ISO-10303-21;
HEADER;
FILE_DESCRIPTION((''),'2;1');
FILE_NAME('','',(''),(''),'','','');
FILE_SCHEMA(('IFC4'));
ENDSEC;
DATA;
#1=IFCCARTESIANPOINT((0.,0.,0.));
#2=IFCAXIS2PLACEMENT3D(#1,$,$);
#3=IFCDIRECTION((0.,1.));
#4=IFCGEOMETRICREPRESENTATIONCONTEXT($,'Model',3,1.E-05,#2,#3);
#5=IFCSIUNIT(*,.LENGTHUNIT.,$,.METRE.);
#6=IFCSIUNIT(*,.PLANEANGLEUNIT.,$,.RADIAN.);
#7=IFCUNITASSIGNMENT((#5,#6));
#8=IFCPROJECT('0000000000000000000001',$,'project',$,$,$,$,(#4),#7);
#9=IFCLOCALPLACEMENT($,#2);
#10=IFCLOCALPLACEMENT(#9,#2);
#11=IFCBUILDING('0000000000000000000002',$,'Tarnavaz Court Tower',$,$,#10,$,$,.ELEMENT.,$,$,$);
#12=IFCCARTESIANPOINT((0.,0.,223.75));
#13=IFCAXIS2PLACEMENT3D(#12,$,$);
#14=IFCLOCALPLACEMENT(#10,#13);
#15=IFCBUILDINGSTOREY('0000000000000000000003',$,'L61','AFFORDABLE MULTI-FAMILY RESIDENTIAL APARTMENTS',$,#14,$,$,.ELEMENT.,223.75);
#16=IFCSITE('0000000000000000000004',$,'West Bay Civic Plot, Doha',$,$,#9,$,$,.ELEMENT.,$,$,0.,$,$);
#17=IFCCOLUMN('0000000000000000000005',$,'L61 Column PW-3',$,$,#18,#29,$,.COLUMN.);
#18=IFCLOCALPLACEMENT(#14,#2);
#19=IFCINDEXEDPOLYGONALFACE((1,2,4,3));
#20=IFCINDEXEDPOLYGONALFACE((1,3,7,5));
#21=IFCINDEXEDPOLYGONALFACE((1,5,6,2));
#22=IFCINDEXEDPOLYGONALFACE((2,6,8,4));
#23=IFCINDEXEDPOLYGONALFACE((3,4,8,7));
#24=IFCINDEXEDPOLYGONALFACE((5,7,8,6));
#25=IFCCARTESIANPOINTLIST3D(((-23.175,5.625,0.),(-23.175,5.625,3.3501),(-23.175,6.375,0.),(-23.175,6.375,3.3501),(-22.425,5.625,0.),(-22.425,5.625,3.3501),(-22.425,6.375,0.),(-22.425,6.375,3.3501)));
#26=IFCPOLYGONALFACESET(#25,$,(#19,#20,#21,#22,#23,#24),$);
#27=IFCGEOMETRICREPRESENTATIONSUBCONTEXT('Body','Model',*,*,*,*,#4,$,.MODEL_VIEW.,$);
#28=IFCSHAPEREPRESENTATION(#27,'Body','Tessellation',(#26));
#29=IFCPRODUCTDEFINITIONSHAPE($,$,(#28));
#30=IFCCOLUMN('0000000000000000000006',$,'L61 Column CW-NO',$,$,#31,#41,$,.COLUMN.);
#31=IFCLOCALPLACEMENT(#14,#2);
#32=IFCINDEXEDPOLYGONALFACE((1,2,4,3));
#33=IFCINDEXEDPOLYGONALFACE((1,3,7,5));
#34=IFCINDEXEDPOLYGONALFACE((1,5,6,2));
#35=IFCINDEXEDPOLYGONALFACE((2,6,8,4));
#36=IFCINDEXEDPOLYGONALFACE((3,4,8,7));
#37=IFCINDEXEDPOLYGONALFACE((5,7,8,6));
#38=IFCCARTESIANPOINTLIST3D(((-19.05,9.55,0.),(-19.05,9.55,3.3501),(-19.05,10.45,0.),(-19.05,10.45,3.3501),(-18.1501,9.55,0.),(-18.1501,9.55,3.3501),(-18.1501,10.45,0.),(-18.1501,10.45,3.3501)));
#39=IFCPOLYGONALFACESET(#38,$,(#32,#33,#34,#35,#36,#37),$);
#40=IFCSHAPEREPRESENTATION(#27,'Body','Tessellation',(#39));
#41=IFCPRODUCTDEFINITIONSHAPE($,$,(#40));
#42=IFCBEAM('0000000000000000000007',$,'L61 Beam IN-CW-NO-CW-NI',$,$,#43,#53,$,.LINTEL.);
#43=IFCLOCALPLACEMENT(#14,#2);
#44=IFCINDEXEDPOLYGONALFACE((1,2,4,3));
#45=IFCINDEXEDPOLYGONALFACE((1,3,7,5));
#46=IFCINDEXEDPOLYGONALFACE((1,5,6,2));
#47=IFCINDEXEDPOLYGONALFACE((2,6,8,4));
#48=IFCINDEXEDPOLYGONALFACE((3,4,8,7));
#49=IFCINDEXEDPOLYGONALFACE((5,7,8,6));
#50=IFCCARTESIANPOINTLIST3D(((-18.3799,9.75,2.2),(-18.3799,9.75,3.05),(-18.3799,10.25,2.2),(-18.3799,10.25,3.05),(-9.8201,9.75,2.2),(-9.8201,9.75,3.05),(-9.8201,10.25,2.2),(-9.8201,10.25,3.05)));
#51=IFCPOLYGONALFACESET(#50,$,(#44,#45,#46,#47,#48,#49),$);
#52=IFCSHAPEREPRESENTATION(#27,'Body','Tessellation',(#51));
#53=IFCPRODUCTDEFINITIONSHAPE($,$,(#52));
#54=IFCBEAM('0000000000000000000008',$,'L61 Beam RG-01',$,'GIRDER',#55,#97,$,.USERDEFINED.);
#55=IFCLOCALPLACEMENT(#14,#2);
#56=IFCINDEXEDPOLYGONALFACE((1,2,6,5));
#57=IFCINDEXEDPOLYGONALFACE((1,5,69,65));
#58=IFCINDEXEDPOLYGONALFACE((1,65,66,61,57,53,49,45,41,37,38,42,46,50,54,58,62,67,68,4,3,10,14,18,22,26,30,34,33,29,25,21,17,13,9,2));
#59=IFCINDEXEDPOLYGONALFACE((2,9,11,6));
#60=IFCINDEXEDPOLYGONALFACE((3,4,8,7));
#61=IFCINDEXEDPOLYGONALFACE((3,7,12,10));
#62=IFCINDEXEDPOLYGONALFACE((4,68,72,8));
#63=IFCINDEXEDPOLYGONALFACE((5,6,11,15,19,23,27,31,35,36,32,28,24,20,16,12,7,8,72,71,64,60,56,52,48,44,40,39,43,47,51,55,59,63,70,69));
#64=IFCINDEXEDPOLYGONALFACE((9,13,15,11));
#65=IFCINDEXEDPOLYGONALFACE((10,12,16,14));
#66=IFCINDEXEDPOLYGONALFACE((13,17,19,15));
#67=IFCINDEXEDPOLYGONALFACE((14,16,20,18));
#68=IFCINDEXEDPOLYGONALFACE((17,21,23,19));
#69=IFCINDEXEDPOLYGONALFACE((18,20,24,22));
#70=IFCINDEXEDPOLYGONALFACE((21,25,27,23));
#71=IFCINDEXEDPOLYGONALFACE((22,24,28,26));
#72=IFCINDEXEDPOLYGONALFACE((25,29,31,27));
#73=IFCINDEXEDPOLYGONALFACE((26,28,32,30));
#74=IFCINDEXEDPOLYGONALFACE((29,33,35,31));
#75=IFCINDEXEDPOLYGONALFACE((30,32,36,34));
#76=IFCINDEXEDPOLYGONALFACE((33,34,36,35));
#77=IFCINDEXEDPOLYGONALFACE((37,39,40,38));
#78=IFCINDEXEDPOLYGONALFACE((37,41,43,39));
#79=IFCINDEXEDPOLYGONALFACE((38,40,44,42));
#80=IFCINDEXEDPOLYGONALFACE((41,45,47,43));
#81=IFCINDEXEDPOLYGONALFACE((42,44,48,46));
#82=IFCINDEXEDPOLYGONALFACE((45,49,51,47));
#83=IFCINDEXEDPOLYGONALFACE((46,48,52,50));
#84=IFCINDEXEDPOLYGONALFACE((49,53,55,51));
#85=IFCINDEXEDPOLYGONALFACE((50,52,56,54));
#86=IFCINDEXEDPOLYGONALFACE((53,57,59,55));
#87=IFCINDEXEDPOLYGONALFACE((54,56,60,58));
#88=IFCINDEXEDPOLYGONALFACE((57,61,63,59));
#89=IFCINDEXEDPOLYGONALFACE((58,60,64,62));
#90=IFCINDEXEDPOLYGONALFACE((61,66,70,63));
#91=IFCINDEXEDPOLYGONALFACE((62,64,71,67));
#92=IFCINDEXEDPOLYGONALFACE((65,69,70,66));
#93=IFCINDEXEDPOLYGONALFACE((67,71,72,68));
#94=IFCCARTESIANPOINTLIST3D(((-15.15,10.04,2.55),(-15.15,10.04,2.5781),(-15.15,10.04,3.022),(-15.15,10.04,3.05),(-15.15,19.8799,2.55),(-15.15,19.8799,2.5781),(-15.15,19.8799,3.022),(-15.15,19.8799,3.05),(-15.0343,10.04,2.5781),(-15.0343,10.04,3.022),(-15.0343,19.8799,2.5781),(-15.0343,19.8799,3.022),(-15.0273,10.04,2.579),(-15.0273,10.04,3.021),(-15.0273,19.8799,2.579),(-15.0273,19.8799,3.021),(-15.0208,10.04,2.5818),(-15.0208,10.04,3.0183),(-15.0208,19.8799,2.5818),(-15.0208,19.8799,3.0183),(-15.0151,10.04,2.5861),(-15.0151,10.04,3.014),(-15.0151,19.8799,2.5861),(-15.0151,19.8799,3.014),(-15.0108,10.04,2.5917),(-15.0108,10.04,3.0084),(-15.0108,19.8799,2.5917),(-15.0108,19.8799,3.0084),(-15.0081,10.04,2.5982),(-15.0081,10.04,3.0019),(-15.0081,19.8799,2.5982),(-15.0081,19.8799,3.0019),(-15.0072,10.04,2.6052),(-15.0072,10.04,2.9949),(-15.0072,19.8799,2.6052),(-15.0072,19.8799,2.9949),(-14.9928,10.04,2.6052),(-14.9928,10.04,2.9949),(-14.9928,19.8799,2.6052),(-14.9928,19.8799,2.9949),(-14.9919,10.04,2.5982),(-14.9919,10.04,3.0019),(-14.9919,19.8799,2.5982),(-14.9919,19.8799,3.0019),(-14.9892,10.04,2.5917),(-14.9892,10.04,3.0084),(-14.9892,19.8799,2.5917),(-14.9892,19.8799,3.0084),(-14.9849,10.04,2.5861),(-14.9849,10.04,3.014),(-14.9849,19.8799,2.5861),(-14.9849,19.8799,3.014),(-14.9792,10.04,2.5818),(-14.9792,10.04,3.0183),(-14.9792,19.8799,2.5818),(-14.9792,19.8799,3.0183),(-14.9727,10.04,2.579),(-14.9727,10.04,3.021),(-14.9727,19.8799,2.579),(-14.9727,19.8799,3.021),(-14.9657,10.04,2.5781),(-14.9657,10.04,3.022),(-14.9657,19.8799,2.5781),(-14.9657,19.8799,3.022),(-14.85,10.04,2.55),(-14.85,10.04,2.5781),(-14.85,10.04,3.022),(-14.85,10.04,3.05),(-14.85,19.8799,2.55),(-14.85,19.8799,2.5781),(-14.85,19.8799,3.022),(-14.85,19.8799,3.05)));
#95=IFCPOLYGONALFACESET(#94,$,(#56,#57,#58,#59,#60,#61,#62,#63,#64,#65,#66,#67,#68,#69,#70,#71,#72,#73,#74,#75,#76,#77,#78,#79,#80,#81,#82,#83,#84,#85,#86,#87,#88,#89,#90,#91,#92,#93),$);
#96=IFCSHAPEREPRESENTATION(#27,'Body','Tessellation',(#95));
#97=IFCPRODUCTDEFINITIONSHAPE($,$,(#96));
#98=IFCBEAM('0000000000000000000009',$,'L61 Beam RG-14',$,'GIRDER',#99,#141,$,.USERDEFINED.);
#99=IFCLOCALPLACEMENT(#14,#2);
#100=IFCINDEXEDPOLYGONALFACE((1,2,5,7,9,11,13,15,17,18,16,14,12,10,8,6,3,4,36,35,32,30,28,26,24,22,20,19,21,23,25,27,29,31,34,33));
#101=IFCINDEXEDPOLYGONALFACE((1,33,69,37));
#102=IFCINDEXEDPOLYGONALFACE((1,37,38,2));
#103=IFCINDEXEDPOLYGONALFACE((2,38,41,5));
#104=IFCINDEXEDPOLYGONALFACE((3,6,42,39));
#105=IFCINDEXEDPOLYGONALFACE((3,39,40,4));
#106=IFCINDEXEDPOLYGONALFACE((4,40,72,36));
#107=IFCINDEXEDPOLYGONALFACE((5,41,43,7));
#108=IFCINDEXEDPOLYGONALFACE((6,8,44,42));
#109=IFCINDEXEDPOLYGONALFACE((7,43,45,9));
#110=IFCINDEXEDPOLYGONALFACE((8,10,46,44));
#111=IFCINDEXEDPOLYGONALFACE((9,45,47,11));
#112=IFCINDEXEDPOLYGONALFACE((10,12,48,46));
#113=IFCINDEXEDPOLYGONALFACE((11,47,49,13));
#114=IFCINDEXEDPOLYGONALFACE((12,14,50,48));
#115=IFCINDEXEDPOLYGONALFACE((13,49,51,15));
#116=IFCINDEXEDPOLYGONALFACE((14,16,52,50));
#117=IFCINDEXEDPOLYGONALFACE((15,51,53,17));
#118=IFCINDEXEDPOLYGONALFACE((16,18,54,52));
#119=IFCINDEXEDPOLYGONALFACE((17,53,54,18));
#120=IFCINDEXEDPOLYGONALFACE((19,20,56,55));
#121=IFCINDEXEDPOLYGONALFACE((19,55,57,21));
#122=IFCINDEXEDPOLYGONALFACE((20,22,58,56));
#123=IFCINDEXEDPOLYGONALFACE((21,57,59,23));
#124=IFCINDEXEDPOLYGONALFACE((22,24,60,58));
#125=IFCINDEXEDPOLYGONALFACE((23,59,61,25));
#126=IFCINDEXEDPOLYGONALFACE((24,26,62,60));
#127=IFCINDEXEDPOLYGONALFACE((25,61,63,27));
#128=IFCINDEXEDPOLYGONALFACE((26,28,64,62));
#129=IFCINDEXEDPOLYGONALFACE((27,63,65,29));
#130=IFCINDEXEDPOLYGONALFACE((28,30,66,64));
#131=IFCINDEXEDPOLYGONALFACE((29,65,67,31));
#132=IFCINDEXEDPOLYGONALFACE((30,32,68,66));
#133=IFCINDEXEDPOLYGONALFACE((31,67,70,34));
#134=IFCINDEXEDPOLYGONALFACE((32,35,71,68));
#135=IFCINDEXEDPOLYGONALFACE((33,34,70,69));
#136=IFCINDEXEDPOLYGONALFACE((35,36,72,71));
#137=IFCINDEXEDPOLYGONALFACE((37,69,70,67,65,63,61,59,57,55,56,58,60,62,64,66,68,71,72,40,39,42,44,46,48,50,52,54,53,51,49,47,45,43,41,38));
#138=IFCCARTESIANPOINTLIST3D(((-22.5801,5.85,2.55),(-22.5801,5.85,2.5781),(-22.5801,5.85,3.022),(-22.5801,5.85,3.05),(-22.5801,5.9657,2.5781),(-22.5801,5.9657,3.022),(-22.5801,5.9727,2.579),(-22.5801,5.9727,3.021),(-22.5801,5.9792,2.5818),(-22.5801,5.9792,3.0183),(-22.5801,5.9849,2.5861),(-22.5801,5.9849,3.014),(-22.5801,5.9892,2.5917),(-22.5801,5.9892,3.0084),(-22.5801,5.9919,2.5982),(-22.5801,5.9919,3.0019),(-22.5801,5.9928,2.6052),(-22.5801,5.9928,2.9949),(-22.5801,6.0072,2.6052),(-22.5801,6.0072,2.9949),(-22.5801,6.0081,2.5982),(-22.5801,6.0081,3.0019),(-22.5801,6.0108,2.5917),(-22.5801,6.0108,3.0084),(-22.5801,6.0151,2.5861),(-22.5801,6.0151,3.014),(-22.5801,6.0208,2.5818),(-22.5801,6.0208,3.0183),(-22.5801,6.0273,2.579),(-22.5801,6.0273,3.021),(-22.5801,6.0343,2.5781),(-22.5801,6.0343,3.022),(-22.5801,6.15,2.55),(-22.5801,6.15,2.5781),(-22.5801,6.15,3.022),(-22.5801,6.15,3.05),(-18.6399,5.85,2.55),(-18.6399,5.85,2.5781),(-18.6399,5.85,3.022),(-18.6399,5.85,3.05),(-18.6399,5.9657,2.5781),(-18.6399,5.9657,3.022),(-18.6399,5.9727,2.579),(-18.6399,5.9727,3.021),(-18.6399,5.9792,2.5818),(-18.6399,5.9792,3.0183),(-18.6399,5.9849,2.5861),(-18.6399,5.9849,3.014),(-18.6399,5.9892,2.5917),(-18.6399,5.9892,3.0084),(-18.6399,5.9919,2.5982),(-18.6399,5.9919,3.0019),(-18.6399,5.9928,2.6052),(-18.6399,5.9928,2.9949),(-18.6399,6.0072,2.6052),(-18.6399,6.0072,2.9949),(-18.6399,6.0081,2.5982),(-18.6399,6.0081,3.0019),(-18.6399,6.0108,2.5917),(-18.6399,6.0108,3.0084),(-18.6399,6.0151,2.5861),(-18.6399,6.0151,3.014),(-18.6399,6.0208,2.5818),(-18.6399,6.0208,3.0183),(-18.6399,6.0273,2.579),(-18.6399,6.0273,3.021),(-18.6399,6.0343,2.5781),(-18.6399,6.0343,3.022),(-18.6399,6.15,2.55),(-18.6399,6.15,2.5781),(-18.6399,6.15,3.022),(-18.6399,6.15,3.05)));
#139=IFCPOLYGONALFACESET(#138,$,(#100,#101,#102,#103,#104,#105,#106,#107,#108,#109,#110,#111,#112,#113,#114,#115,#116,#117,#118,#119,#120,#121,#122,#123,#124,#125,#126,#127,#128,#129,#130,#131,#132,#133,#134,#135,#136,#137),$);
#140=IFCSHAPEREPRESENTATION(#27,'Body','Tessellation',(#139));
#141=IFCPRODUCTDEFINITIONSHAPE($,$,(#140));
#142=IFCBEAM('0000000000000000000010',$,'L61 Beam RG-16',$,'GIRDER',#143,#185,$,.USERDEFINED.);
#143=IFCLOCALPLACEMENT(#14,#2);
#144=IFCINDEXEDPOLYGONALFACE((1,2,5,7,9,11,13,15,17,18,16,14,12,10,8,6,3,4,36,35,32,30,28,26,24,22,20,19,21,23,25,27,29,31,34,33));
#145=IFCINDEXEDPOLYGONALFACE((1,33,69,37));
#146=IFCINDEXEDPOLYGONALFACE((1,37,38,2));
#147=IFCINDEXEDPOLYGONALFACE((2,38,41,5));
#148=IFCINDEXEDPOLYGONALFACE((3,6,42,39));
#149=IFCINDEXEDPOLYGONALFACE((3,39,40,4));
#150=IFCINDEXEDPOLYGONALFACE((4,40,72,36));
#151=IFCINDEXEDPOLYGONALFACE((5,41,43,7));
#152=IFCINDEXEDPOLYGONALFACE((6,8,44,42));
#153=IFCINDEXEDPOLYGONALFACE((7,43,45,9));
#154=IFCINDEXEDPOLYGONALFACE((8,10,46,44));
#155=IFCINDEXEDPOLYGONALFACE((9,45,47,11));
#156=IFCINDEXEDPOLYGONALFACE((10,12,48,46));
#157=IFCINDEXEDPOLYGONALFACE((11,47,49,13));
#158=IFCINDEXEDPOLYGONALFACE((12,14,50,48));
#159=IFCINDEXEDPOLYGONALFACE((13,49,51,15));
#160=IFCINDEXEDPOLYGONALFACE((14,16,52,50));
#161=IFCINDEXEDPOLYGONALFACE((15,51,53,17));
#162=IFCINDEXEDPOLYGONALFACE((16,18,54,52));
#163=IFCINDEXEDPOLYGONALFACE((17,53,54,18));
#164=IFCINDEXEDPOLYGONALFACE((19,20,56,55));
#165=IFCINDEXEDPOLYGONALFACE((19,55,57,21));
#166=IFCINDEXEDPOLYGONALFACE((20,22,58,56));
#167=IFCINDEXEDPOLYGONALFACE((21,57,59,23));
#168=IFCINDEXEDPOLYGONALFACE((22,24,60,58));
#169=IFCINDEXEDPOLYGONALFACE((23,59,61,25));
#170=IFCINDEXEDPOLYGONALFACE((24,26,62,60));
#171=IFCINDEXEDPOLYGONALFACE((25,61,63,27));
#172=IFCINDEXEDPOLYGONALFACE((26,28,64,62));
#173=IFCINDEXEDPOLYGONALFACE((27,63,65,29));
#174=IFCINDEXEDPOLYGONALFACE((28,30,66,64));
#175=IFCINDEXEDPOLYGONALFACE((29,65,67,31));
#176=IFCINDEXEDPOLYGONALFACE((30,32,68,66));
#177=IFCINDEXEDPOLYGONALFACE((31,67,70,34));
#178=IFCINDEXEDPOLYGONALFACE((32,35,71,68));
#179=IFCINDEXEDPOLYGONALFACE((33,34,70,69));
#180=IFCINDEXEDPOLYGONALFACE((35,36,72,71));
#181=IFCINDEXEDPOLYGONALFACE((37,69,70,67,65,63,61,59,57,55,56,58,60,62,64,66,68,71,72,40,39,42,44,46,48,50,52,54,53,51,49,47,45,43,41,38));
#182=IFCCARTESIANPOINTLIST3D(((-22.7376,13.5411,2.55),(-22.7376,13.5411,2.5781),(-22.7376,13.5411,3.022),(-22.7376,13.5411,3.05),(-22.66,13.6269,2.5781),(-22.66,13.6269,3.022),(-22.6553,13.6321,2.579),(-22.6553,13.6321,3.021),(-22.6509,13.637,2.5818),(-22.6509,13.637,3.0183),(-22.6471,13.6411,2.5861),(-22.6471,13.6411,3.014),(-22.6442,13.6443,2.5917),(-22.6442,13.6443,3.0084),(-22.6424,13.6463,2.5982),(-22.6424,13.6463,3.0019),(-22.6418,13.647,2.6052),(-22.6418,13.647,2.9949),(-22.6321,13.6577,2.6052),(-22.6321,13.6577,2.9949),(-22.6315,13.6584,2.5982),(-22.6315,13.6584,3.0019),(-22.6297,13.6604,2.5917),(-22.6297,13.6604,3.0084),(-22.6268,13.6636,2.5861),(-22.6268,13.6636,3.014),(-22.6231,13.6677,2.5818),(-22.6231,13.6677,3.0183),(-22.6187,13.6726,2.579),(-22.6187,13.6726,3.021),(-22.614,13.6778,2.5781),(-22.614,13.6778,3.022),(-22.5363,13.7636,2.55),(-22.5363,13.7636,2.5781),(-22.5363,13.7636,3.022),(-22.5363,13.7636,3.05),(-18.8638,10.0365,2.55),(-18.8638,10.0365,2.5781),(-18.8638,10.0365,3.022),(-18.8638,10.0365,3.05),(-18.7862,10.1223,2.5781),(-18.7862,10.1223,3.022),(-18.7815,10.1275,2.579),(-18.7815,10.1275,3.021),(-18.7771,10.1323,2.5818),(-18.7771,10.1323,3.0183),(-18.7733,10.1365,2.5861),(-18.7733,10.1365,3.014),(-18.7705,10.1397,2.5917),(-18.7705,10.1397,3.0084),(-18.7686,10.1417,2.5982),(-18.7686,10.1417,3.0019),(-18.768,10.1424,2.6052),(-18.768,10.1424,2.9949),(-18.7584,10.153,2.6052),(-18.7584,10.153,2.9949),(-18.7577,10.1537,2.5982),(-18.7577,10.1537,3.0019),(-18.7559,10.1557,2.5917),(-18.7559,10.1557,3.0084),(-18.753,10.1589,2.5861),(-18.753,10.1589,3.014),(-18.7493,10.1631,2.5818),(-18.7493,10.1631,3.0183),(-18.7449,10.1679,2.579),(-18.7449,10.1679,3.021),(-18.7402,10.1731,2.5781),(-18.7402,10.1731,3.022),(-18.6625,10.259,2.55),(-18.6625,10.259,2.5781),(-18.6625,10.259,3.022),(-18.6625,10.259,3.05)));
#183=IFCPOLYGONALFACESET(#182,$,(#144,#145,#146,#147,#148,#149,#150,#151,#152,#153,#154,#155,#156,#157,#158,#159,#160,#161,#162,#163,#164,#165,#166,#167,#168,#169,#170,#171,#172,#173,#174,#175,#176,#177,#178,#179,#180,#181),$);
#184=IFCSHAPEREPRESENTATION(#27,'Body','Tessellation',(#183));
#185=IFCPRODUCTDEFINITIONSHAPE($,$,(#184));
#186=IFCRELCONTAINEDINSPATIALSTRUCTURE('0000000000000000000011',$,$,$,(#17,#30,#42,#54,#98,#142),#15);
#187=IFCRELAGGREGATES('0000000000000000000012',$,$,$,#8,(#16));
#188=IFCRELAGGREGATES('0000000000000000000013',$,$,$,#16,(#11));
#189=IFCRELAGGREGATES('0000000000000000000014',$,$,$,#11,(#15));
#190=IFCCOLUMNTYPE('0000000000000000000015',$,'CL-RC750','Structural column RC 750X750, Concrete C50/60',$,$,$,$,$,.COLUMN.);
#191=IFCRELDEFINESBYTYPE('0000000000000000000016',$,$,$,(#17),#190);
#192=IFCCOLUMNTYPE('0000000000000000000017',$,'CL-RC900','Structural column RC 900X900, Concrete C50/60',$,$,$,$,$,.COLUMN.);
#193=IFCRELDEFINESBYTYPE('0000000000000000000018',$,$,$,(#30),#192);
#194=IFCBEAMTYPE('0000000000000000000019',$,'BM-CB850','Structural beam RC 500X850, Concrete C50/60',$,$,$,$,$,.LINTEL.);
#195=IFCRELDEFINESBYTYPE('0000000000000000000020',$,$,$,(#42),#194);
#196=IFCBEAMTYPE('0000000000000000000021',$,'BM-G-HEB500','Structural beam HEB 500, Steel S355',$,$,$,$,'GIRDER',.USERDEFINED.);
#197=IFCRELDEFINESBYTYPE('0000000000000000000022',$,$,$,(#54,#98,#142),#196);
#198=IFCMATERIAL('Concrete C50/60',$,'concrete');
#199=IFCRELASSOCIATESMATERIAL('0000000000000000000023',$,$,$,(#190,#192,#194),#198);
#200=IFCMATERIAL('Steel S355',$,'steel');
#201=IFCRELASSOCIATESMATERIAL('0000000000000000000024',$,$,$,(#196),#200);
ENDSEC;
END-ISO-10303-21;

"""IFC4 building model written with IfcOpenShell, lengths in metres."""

from ifc_helpers import new_model, si_unit, direction, frame, origin, origin_2d, place, context, subcontext, project, spatial, rectangle, i_section, extrude, material, material_profile, profile_set, type_object, element, save


model = new_model("IFC4")

# Units and contexts
model_context = context("Model", 3, precision=1e-05, world=origin(), true_north=direction((0.0, 1.0)))
body_context = subcontext(model_context, "Body", "Model", "MODEL_VIEW")
ifc_project = project(units=[si_unit("LENGTHUNIT", "METRE"), si_unit("PLANEANGLEUNIT", "RADIAN")], contexts=[model_context])

# Site, building, storey
site_placement = place(None, origin())
site = spatial("IfcSite", under=ifc_project, at=site_placement, Name="West Bay Civic Plot, Doha", CompositionType="ELEMENT", RefElevation=0.0)
building_placement = place(site_placement, origin())
building = spatial("IfcBuilding", under=site, at=building_placement, Name="Tarnavaz Court Tower", CompositionType="ELEMENT")
storey_placement = place(building_placement, frame((0.0, 0.0, 223.75)))
storey = spatial("IfcBuildingStorey", under=building, at=storey_placement, Name="L61", Description="AFFORDABLE MULTI-FAMILY RESIDENTIAL APARTMENTS", CompositionType="ELEMENT", Elevation=223.75)

# Columns
ifc_material_1 = material(Name="Concrete C50/60", Category="concrete")
ifc_material_profile_1 = material_profile(ifc_material_1, rectangle(XDim=0.75, YDim=0.75, at=origin_2d()), Name="RC 750X750")
ifc_profile_set_1 = profile_set([ifc_material_profile_1], Name="Concrete C50/60")
column_type_1 = type_object("IfcColumnType", Name="CL-RC750", Description="Structural column RC 750X750, Concrete C50/60", PredefinedType="COLUMN", material=ifc_profile_set_1)
column_1_placement = place(storey_placement, frame((-22.8, 6.0, 0.0), z_axis=(0.0, 0.0, 1.0), x_axis=(1.0, 0.0, 0.0)))
element("IfcColumn", 1, at=column_1_placement, inside=storey, type_object=column_type_1, Name="L61 Column PW-3", PredefinedType="COLUMN", context=body_context, shape_type="SweptSolid", body=[
    extrude(rectangle(XDim=0.75, YDim=0.75, at=origin_2d()), origin(), (0.0, 0.0, 1.0), 3.3501),
])
ifc_material_profile_2 = material_profile(ifc_material_1, rectangle(XDim=0.8999, YDim=0.8999, at=origin_2d()), Name="RC 900X900")
ifc_profile_set_2 = profile_set([ifc_material_profile_2], Name="Concrete C50/60")
column_type_2 = type_object("IfcColumnType", Name="CL-RC900", Description="Structural column RC 900X900, Concrete C50/60", PredefinedType="COLUMN", material=ifc_profile_set_2)
column_2_placement = place(storey_placement, frame((-18.6001, 10.0, 0.0), z_axis=(0.0, 0.0, 1.0), x_axis=(1.0, 0.0, 0.0)))
element("IfcColumn", 2, at=column_2_placement, inside=storey, type_object=column_type_2, Name="L61 Column CW-NO", PredefinedType="COLUMN", context=body_context, shape_type="SweptSolid", body=[
    extrude(rectangle(XDim=0.8999, YDim=0.8999, at=origin_2d()), origin(), (0.0, 0.0, 1.0), 3.3501),
])

# Beams
ifc_material_profile_3 = material_profile(ifc_material_1, rectangle(XDim=0.5, YDim=0.8501, at=origin_2d()), Name="RC 500X850")
ifc_profile_set_3 = profile_set([ifc_material_profile_3], Name="Concrete C50/60")
beam_type_1 = type_object("IfcBeamType", Name="BM-CB850", Description="Structural beam RC 500X850, Concrete C50/60", PredefinedType="LINTEL", material=ifc_profile_set_3)
beam_1_placement = place(storey_placement, frame((-18.3799, 10.0, 2.625), z_axis=(1.0, 0.0, 0.0), x_axis=(0.0, 1.0, 0.0)))
element("IfcBeam", 3, at=beam_1_placement, inside=storey, type_object=beam_type_1, Name="L61 Beam IN-CW-NO-CW-NI", PredefinedType="LINTEL", context=body_context, shape_type="SweptSolid", body=[
    extrude(rectangle(XDim=0.5, YDim=0.8501, at=origin_2d()), origin(), (0.0, 0.0, 1.0), 8.5598),
])
ifc_material_2 = material(Name="Steel S355", Category="steel")
ifc_material_profile_4 = material_profile(ifc_material_2, i_section(OverallWidth=0.3, OverallDepth=0.5, WebThickness=0.0144, FlangeThickness=0.0281, FilletRadius=0.0271, at=origin_2d()), Name="HEB 500")
ifc_profile_set_4 = profile_set([ifc_material_profile_4], Name="Steel S355")
beam_type_2 = type_object("IfcBeamType", Name="BM-G-HEB500", Description="Structural beam HEB 500, Steel S355", ElementType="GIRDER", PredefinedType="USERDEFINED", material=ifc_profile_set_4)
beam_2_placement = place(storey_placement, frame((-15.0, 10.04, 2.8), z_axis=(0.0, 1.0, 0.0), x_axis=(-1.0, 0.0, 0.0)))
element("IfcBeam", 4, at=beam_2_placement, inside=storey, type_object=beam_type_2, Name="L61 Beam RG-01", ObjectType="GIRDER", PredefinedType="USERDEFINED", context=body_context, shape_type="SweptSolid", body=[
    extrude(i_section(OverallWidth=0.3, OverallDepth=0.5, WebThickness=0.0144, FlangeThickness=0.0281, FilletRadius=0.0271, at=origin_2d()), origin(), (0.0, 0.0, 1.0), 9.8398),
])
beam_3_placement = place(storey_placement, frame((-18.6399, 6.0, 2.8), z_axis=(-1.0, 0.0, 0.0), x_axis=(0.0, -1.0, 0.0)))
element("IfcBeam", 5, at=beam_3_placement, inside=storey, type_object=beam_type_2, Name="L61 Beam RG-14", ObjectType="GIRDER", PredefinedType="USERDEFINED", context=body_context, shape_type="SweptSolid", body=[
    extrude(i_section(OverallWidth=0.3, OverallDepth=0.5, WebThickness=0.0144, FlangeThickness=0.0281, FilletRadius=0.0271, at=origin_2d()), origin(), (0.0, 0.0, 1.0), 3.9402),
])
beam_4_placement = place(storey_placement, frame((-18.7632, 10.1477, 2.8), z_axis=(-0.741556, 0.670891, 0.0), x_axis=(-0.670891, -0.741556, 0.0)))
element("IfcBeam", 6, at=beam_4_placement, inside=storey, type_object=beam_type_2, Name="L61 Beam RG-16", ObjectType="GIRDER", PredefinedType="USERDEFINED", context=body_context, shape_type="SweptSolid", body=[
    extrude(i_section(OverallWidth=0.3, OverallDepth=0.5, WebThickness=0.0144, FlangeThickness=0.0281, FilletRadius=0.0271, at=origin_2d()), origin(), (0.0, 0.0, 1.0), 5.2239),
])

save(model, "model.ifc")
